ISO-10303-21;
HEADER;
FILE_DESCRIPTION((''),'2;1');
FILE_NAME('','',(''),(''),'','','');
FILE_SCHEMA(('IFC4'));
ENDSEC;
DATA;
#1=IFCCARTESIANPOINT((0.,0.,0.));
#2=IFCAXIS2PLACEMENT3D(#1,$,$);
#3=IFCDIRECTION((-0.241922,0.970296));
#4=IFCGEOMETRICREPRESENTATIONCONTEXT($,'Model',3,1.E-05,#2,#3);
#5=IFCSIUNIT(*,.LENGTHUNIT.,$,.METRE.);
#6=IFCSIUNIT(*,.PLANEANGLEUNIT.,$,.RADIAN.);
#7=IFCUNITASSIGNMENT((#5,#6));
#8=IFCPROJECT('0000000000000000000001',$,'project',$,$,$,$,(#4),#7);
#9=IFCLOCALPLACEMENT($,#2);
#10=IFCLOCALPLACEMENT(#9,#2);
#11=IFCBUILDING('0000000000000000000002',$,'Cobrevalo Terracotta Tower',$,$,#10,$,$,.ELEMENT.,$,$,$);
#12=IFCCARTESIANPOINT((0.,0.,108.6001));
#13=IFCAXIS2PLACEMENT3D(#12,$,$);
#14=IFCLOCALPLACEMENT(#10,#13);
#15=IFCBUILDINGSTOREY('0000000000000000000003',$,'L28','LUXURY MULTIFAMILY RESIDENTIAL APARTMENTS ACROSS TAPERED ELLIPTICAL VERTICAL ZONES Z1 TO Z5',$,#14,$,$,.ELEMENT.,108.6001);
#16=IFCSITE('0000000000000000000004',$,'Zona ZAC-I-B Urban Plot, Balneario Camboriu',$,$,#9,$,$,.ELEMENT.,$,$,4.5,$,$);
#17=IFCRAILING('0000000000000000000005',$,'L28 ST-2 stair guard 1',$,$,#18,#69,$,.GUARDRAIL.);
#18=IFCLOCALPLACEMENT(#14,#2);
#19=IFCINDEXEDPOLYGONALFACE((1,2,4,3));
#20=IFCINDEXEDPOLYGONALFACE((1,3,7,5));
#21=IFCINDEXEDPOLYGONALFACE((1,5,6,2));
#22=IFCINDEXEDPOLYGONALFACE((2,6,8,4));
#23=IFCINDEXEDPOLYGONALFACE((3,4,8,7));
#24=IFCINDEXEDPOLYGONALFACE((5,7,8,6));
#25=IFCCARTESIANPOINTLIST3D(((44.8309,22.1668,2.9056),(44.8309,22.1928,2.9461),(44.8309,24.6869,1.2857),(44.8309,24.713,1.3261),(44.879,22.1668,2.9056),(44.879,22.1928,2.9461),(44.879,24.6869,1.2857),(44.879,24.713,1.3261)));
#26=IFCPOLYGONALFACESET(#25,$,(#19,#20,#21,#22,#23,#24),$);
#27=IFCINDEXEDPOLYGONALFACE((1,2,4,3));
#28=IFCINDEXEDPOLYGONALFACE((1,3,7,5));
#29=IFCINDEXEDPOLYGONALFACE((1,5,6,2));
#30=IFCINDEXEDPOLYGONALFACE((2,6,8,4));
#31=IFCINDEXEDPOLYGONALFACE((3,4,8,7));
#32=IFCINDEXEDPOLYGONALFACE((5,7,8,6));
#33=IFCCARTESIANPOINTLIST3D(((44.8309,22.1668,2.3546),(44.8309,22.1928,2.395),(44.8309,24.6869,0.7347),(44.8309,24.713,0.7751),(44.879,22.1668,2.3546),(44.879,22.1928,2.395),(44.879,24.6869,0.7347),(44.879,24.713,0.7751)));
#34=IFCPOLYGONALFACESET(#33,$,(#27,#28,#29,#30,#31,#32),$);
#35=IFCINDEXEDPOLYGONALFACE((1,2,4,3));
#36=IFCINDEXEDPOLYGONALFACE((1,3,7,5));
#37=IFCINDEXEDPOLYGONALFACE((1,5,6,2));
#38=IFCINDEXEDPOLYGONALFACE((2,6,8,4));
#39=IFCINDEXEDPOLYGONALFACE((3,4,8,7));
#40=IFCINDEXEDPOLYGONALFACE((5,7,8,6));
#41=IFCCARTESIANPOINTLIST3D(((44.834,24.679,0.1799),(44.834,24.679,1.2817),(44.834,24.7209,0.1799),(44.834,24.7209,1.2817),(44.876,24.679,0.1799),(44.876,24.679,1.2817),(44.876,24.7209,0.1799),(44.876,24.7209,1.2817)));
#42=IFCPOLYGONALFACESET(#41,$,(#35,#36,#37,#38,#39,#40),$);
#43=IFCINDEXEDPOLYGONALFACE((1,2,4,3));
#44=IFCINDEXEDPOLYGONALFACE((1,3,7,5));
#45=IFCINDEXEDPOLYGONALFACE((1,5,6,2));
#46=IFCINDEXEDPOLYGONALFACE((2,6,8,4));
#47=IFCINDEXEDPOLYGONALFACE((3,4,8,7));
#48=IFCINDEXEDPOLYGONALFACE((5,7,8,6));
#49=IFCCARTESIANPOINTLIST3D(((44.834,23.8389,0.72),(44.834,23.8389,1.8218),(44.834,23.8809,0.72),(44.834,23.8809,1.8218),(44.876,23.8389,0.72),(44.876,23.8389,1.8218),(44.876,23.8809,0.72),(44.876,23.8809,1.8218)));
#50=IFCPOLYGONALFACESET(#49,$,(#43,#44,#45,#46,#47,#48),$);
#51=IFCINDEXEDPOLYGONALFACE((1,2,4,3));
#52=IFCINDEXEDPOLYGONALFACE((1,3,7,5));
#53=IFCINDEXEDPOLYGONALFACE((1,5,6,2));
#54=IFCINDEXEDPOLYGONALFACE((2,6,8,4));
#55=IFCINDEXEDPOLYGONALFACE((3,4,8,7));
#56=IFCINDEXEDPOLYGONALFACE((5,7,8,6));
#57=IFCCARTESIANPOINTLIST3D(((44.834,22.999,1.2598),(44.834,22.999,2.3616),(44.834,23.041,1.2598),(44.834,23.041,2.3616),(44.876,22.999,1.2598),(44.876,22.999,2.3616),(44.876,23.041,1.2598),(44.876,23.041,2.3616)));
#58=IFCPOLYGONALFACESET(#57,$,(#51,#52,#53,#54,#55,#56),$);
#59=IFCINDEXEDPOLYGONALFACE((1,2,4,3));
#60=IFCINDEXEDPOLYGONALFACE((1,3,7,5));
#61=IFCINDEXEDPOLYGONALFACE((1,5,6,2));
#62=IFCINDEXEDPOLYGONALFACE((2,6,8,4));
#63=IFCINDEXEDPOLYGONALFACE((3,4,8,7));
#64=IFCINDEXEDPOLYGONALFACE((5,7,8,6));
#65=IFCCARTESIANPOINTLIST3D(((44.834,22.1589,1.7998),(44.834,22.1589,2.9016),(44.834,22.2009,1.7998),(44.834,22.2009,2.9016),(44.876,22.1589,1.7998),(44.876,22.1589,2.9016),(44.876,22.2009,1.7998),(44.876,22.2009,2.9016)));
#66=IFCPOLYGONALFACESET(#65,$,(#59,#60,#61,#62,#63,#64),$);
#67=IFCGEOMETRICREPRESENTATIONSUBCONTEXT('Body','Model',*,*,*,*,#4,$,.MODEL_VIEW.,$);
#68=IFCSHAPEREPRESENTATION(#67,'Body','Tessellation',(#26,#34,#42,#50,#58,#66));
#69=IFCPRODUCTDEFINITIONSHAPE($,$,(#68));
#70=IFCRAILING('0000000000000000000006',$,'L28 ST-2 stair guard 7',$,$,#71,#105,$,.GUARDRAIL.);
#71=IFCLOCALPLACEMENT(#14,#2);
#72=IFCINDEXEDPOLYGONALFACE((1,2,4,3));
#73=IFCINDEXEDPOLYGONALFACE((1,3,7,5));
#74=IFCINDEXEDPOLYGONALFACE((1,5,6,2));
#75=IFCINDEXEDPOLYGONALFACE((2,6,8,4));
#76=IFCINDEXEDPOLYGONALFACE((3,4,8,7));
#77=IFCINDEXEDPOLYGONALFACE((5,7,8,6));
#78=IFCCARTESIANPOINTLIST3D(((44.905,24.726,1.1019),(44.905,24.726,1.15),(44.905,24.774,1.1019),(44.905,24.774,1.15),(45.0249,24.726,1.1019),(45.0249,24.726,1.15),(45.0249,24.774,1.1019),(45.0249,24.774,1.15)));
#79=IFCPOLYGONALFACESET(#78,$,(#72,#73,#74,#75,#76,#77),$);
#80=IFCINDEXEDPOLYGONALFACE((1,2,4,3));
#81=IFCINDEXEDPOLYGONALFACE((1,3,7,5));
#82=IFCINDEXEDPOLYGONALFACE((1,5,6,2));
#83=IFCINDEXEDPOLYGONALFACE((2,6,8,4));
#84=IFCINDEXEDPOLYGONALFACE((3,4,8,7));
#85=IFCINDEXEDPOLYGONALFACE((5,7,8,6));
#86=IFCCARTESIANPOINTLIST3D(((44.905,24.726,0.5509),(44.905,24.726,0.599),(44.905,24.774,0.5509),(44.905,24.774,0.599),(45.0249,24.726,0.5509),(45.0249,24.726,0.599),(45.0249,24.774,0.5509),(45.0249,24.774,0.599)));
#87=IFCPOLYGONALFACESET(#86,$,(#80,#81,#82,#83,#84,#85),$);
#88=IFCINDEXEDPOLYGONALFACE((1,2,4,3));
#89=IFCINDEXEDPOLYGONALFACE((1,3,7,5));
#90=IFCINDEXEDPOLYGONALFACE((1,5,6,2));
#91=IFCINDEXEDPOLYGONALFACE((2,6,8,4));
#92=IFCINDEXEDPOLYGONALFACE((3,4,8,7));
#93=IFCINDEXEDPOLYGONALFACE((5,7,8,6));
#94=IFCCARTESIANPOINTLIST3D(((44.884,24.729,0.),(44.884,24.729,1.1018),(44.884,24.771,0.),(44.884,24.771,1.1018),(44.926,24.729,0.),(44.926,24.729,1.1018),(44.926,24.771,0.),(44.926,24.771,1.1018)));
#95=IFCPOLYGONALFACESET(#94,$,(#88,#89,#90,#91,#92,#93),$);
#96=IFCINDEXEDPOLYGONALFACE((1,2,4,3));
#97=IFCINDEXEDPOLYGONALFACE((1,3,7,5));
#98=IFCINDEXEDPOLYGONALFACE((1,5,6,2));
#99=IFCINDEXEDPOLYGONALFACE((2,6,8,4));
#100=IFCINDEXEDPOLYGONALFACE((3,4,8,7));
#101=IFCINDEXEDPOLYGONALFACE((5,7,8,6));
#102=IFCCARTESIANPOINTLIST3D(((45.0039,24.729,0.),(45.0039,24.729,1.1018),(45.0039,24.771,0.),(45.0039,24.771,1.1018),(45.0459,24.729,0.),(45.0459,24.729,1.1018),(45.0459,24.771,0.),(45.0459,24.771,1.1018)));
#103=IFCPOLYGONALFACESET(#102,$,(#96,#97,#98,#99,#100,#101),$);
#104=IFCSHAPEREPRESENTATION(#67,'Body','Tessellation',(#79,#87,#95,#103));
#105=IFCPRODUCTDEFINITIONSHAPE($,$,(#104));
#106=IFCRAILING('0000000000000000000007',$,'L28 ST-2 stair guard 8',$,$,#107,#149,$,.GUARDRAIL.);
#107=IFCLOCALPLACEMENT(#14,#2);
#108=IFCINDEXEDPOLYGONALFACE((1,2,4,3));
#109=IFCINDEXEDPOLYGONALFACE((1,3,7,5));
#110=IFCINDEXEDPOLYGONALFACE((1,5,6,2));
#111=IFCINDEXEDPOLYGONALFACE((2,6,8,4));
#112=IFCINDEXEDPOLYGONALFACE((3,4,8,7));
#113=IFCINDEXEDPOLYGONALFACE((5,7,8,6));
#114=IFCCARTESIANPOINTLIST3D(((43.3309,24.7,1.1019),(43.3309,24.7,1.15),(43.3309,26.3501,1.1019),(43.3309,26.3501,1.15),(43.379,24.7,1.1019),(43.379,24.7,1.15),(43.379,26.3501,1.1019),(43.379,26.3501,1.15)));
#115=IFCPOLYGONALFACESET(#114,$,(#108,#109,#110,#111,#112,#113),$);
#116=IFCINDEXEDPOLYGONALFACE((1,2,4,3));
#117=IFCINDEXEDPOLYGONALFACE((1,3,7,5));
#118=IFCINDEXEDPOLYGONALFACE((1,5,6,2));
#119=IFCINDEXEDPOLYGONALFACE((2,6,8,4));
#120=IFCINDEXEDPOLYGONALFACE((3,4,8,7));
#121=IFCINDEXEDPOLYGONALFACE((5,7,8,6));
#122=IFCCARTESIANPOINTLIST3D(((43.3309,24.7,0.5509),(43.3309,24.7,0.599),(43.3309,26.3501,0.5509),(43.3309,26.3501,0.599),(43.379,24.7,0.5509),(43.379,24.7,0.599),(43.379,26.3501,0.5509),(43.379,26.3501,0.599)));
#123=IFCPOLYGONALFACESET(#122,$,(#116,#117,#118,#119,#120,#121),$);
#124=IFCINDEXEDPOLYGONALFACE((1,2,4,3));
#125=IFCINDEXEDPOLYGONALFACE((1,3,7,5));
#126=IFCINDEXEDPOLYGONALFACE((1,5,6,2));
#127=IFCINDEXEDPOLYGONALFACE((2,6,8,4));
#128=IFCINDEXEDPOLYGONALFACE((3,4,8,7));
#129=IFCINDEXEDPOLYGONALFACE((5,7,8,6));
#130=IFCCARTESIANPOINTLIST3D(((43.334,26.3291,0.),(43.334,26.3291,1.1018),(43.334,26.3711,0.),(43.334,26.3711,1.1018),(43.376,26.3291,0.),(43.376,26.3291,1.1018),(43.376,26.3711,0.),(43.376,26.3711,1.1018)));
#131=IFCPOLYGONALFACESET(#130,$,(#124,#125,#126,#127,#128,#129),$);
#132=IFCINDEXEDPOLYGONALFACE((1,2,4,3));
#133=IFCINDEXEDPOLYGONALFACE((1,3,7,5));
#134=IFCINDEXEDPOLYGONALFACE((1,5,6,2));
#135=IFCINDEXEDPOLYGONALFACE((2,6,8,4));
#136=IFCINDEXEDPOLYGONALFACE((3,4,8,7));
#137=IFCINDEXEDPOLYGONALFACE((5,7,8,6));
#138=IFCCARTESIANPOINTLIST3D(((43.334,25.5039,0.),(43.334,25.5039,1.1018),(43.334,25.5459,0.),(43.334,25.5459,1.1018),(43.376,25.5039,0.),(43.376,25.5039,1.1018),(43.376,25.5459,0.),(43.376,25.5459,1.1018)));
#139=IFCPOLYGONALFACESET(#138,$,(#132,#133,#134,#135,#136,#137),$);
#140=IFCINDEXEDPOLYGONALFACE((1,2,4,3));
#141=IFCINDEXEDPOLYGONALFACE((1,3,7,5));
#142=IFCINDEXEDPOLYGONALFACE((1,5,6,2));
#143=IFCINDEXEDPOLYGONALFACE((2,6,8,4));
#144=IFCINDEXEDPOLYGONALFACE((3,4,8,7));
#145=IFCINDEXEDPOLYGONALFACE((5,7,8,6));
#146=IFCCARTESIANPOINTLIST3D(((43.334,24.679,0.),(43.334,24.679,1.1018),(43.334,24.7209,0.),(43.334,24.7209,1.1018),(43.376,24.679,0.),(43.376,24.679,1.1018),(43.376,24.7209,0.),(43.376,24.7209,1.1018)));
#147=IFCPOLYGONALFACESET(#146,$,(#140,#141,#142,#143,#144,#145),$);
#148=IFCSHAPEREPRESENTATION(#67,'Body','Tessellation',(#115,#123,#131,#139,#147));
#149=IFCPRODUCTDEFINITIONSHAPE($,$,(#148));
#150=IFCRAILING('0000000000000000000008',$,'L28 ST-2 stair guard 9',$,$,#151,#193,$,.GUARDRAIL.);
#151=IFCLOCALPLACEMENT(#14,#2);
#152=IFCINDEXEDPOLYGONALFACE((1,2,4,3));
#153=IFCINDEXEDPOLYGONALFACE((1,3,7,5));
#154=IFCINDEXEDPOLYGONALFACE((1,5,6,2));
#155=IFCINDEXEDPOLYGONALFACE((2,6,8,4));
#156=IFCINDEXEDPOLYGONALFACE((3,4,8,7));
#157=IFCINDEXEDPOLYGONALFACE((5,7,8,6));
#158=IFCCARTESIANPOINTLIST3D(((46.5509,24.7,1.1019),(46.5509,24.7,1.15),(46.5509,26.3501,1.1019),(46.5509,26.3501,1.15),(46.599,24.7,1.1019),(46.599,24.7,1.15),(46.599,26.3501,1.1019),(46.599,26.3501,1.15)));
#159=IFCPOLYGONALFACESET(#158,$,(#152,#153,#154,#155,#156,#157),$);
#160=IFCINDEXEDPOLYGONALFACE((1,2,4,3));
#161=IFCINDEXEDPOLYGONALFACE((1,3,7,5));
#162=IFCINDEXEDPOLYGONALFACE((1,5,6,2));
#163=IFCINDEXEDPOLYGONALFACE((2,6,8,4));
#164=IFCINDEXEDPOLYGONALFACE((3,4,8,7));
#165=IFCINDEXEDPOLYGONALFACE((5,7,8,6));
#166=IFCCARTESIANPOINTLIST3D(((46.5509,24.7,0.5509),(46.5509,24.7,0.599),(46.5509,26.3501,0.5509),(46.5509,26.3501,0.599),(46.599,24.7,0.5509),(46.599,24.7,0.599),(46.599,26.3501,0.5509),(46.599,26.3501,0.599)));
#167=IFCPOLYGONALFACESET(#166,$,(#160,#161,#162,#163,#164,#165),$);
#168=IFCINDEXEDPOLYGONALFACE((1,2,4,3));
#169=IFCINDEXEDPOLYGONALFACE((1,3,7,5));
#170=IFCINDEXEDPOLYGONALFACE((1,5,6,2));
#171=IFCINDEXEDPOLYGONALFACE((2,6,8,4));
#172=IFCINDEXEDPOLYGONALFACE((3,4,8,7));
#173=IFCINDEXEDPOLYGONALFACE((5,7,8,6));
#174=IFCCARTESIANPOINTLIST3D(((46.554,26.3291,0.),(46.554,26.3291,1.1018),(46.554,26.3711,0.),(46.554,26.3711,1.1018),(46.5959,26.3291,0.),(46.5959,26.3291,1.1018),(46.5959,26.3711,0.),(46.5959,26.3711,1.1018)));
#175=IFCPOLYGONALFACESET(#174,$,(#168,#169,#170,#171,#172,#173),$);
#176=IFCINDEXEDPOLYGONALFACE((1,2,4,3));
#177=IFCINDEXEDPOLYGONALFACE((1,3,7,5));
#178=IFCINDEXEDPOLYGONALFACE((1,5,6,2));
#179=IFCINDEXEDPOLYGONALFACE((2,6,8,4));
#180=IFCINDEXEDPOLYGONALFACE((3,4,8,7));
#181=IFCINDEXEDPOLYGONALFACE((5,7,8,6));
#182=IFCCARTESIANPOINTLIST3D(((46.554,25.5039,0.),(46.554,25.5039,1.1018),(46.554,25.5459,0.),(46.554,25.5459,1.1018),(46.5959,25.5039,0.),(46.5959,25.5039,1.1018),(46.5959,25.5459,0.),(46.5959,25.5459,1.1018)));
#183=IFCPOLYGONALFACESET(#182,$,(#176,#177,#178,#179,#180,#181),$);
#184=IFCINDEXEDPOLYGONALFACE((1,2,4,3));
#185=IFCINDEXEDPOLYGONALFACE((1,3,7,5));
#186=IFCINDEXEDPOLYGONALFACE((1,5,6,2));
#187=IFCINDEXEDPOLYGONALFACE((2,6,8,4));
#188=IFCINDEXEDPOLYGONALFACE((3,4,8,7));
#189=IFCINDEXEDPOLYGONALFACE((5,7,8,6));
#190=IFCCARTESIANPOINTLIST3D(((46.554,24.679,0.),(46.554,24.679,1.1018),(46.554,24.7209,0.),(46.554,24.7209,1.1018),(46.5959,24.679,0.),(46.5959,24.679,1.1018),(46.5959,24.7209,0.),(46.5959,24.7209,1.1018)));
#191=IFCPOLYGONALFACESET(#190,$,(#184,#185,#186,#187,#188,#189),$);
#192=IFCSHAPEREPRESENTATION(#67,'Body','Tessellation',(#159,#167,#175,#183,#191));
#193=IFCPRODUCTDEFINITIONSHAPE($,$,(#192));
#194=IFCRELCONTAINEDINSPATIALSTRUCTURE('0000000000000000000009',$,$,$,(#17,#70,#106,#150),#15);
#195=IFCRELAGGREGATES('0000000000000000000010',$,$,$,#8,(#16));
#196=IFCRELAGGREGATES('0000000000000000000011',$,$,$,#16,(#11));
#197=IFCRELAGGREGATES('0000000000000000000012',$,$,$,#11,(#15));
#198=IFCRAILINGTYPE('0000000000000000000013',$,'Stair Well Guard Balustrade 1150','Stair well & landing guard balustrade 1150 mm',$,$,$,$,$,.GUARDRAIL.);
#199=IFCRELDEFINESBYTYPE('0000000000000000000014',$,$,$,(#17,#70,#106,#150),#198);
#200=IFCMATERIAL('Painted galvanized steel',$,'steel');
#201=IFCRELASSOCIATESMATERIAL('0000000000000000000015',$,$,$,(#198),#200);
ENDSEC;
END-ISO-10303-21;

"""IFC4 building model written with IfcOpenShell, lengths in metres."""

from ifc_helpers import new_model, si_unit, direction, frame, origin, origin_2d, place, context, subcontext, project, spatial, rectangle, extrude, material, type_object, element, save


model = new_model("IFC4")

# Units and contexts
model_context = context("Model", 3, precision=1e-05, world=origin(), true_north=direction((-0.241922, 0.970296)))
body_context = subcontext(model_context, "Body", "Model", "MODEL_VIEW")
ifc_project = project(units=[si_unit("LENGTHUNIT", "METRE"), si_unit("PLANEANGLEUNIT", "RADIAN")], contexts=[model_context])

# Site, building, storey
site_placement = place(None, origin())
site = spatial("IfcSite", under=ifc_project, at=site_placement, Name="Zona ZAC-I-B Urban Plot, Balneario Camboriu", CompositionType="ELEMENT", RefElevation=4.5)
building_placement = place(site_placement, origin())
building = spatial("IfcBuilding", under=site, at=building_placement, Name="Cobrevalo Terracotta Tower", CompositionType="ELEMENT")
storey_placement = place(building_placement, frame((0.0, 0.0, 108.6001)))
storey = spatial("IfcBuildingStorey", under=building, at=storey_placement, Name="L28", Description="LUXURY MULTIFAMILY RESIDENTIAL APARTMENTS ACROSS TAPERED ELLIPTICAL VERTICAL ZONES Z1 TO Z5", CompositionType="ELEMENT", Elevation=108.6001)

# Railings
ifc_material_1 = material(Name="Painted galvanized steel", Category="steel")
railing_type_1 = type_object("IfcRailingType", Name="Stair Well Guard Balustrade 1150", Description="Stair well & landing guard balustrade 1150 mm", PredefinedType="GUARDRAIL", material=ifc_material_1)
railing_1_placement = place(storey_placement, frame((44.855, 24.7, 0.1799)))
element("IfcRailing", 1, at=railing_1_placement, inside=storey, type_object=railing_type_1, Name="L28 ST-2 stair guard 1", PredefinedType="GUARDRAIL", context=body_context, shape_type="SweptSolid", body=[
    extrude(rectangle(XDim=0.0481, YDim=0.0481, at=origin_2d()), frame((0.0, 0.0, 1.126), z_axis=(0.0, -0.8412, 0.540725), x_axis=(1.0, 0.0, 0.0)), (0.0, 0.0, 1.0), 2.9958),
    extrude(rectangle(XDim=0.0481, YDim=0.0481, at=origin_2d()), frame((0.0, 0.0, 0.575), z_axis=(0.0, -0.8412, 0.540725), x_axis=(1.0, 0.0, 0.0)), (0.0, 0.0, 1.0), 2.9958),
    extrude(rectangle(XDim=0.042, YDim=0.042, at=origin_2d()), origin(), (0.0, 0.0, 1.0), 1.1018),
    extrude(rectangle(XDim=0.042, YDim=0.042, at=origin_2d()), frame((0.0, -0.8401, 0.54)), (0.0, 0.0, 1.0), 1.1018),
    extrude(rectangle(XDim=0.042, YDim=0.042, at=origin_2d()), frame((0.0, -1.6799, 1.0798)), (0.0, 0.0, 1.0), 1.1018),
    extrude(rectangle(XDim=0.042, YDim=0.042, at=origin_2d()), frame((0.0, -2.52, 1.6199)), (0.0, 0.0, 1.0), 1.1018),
])
railing_2_placement = place(storey_placement, frame((44.905, 24.75, 0.0)))
element("IfcRailing", 2, at=railing_2_placement, inside=storey, type_object=railing_type_1, Name="L28 ST-2 stair guard 7", PredefinedType="GUARDRAIL", context=body_context, shape_type="SweptSolid", body=[
    extrude(rectangle(XDim=0.0481, YDim=0.0481, at=origin_2d()), frame((0.0, 0.0, 1.126), z_axis=(1.0, 0.0, 0.0), x_axis=(0.0, 1.0, 0.0)), (0.0, 0.0, 1.0), 0.1199),
    extrude(rectangle(XDim=0.0481, YDim=0.0481, at=origin_2d()), frame((0.0, 0.0, 0.575), z_axis=(1.0, 0.0, 0.0), x_axis=(0.0, 1.0, 0.0)), (0.0, 0.0, 1.0), 0.1199),
    extrude(rectangle(XDim=0.042, YDim=0.042, at=origin_2d()), origin(), (0.0, 0.0, 1.0), 1.1018),
    extrude(rectangle(XDim=0.042, YDim=0.042, at=origin_2d()), frame((0.1199, 0.0, 0.0)), (0.0, 0.0, 1.0), 1.1018),
])
for number, where, name in (
    (3, (43.355, 26.3501, 0.0), "L28 ST-2 stair guard 8"),
    (4, (46.575, 26.3501, 0.0), "L28 ST-2 stair guard 9"),
):
    element("IfcRailing", number, at=place(storey_placement, frame(where)), inside=storey, type_object=railing_type_1, Name=name, PredefinedType="GUARDRAIL", context=body_context, shape_type="SweptSolid", body=[
        extrude(rectangle(XDim=0.0481, YDim=0.0481, at=origin_2d()), frame((0.0, 0.0, 1.126), z_axis=(0.0, -1.0, 0.0), x_axis=(1.0, 0.0, 0.0)), (0.0, 0.0, 1.0), 1.6501),
        extrude(rectangle(XDim=0.0481, YDim=0.0481, at=origin_2d()), frame((0.0, 0.0, 0.575), z_axis=(0.0, -1.0, 0.0), x_axis=(1.0, 0.0, 0.0)), (0.0, 0.0, 1.0), 1.6501),
        extrude(rectangle(XDim=0.042, YDim=0.042, at=origin_2d()), origin(), (0.0, 0.0, 1.0), 1.1018),
        extrude(rectangle(XDim=0.042, YDim=0.042, at=origin_2d()), frame((0.0, -0.8252, 0.0)), (0.0, 0.0, 1.0), 1.1018),
        extrude(rectangle(XDim=0.042, YDim=0.042, at=origin_2d()), frame((0.0, -1.6501, 0.0)), (0.0, 0.0, 1.0), 1.1018),
    ])

save(model, "model.ifc")
